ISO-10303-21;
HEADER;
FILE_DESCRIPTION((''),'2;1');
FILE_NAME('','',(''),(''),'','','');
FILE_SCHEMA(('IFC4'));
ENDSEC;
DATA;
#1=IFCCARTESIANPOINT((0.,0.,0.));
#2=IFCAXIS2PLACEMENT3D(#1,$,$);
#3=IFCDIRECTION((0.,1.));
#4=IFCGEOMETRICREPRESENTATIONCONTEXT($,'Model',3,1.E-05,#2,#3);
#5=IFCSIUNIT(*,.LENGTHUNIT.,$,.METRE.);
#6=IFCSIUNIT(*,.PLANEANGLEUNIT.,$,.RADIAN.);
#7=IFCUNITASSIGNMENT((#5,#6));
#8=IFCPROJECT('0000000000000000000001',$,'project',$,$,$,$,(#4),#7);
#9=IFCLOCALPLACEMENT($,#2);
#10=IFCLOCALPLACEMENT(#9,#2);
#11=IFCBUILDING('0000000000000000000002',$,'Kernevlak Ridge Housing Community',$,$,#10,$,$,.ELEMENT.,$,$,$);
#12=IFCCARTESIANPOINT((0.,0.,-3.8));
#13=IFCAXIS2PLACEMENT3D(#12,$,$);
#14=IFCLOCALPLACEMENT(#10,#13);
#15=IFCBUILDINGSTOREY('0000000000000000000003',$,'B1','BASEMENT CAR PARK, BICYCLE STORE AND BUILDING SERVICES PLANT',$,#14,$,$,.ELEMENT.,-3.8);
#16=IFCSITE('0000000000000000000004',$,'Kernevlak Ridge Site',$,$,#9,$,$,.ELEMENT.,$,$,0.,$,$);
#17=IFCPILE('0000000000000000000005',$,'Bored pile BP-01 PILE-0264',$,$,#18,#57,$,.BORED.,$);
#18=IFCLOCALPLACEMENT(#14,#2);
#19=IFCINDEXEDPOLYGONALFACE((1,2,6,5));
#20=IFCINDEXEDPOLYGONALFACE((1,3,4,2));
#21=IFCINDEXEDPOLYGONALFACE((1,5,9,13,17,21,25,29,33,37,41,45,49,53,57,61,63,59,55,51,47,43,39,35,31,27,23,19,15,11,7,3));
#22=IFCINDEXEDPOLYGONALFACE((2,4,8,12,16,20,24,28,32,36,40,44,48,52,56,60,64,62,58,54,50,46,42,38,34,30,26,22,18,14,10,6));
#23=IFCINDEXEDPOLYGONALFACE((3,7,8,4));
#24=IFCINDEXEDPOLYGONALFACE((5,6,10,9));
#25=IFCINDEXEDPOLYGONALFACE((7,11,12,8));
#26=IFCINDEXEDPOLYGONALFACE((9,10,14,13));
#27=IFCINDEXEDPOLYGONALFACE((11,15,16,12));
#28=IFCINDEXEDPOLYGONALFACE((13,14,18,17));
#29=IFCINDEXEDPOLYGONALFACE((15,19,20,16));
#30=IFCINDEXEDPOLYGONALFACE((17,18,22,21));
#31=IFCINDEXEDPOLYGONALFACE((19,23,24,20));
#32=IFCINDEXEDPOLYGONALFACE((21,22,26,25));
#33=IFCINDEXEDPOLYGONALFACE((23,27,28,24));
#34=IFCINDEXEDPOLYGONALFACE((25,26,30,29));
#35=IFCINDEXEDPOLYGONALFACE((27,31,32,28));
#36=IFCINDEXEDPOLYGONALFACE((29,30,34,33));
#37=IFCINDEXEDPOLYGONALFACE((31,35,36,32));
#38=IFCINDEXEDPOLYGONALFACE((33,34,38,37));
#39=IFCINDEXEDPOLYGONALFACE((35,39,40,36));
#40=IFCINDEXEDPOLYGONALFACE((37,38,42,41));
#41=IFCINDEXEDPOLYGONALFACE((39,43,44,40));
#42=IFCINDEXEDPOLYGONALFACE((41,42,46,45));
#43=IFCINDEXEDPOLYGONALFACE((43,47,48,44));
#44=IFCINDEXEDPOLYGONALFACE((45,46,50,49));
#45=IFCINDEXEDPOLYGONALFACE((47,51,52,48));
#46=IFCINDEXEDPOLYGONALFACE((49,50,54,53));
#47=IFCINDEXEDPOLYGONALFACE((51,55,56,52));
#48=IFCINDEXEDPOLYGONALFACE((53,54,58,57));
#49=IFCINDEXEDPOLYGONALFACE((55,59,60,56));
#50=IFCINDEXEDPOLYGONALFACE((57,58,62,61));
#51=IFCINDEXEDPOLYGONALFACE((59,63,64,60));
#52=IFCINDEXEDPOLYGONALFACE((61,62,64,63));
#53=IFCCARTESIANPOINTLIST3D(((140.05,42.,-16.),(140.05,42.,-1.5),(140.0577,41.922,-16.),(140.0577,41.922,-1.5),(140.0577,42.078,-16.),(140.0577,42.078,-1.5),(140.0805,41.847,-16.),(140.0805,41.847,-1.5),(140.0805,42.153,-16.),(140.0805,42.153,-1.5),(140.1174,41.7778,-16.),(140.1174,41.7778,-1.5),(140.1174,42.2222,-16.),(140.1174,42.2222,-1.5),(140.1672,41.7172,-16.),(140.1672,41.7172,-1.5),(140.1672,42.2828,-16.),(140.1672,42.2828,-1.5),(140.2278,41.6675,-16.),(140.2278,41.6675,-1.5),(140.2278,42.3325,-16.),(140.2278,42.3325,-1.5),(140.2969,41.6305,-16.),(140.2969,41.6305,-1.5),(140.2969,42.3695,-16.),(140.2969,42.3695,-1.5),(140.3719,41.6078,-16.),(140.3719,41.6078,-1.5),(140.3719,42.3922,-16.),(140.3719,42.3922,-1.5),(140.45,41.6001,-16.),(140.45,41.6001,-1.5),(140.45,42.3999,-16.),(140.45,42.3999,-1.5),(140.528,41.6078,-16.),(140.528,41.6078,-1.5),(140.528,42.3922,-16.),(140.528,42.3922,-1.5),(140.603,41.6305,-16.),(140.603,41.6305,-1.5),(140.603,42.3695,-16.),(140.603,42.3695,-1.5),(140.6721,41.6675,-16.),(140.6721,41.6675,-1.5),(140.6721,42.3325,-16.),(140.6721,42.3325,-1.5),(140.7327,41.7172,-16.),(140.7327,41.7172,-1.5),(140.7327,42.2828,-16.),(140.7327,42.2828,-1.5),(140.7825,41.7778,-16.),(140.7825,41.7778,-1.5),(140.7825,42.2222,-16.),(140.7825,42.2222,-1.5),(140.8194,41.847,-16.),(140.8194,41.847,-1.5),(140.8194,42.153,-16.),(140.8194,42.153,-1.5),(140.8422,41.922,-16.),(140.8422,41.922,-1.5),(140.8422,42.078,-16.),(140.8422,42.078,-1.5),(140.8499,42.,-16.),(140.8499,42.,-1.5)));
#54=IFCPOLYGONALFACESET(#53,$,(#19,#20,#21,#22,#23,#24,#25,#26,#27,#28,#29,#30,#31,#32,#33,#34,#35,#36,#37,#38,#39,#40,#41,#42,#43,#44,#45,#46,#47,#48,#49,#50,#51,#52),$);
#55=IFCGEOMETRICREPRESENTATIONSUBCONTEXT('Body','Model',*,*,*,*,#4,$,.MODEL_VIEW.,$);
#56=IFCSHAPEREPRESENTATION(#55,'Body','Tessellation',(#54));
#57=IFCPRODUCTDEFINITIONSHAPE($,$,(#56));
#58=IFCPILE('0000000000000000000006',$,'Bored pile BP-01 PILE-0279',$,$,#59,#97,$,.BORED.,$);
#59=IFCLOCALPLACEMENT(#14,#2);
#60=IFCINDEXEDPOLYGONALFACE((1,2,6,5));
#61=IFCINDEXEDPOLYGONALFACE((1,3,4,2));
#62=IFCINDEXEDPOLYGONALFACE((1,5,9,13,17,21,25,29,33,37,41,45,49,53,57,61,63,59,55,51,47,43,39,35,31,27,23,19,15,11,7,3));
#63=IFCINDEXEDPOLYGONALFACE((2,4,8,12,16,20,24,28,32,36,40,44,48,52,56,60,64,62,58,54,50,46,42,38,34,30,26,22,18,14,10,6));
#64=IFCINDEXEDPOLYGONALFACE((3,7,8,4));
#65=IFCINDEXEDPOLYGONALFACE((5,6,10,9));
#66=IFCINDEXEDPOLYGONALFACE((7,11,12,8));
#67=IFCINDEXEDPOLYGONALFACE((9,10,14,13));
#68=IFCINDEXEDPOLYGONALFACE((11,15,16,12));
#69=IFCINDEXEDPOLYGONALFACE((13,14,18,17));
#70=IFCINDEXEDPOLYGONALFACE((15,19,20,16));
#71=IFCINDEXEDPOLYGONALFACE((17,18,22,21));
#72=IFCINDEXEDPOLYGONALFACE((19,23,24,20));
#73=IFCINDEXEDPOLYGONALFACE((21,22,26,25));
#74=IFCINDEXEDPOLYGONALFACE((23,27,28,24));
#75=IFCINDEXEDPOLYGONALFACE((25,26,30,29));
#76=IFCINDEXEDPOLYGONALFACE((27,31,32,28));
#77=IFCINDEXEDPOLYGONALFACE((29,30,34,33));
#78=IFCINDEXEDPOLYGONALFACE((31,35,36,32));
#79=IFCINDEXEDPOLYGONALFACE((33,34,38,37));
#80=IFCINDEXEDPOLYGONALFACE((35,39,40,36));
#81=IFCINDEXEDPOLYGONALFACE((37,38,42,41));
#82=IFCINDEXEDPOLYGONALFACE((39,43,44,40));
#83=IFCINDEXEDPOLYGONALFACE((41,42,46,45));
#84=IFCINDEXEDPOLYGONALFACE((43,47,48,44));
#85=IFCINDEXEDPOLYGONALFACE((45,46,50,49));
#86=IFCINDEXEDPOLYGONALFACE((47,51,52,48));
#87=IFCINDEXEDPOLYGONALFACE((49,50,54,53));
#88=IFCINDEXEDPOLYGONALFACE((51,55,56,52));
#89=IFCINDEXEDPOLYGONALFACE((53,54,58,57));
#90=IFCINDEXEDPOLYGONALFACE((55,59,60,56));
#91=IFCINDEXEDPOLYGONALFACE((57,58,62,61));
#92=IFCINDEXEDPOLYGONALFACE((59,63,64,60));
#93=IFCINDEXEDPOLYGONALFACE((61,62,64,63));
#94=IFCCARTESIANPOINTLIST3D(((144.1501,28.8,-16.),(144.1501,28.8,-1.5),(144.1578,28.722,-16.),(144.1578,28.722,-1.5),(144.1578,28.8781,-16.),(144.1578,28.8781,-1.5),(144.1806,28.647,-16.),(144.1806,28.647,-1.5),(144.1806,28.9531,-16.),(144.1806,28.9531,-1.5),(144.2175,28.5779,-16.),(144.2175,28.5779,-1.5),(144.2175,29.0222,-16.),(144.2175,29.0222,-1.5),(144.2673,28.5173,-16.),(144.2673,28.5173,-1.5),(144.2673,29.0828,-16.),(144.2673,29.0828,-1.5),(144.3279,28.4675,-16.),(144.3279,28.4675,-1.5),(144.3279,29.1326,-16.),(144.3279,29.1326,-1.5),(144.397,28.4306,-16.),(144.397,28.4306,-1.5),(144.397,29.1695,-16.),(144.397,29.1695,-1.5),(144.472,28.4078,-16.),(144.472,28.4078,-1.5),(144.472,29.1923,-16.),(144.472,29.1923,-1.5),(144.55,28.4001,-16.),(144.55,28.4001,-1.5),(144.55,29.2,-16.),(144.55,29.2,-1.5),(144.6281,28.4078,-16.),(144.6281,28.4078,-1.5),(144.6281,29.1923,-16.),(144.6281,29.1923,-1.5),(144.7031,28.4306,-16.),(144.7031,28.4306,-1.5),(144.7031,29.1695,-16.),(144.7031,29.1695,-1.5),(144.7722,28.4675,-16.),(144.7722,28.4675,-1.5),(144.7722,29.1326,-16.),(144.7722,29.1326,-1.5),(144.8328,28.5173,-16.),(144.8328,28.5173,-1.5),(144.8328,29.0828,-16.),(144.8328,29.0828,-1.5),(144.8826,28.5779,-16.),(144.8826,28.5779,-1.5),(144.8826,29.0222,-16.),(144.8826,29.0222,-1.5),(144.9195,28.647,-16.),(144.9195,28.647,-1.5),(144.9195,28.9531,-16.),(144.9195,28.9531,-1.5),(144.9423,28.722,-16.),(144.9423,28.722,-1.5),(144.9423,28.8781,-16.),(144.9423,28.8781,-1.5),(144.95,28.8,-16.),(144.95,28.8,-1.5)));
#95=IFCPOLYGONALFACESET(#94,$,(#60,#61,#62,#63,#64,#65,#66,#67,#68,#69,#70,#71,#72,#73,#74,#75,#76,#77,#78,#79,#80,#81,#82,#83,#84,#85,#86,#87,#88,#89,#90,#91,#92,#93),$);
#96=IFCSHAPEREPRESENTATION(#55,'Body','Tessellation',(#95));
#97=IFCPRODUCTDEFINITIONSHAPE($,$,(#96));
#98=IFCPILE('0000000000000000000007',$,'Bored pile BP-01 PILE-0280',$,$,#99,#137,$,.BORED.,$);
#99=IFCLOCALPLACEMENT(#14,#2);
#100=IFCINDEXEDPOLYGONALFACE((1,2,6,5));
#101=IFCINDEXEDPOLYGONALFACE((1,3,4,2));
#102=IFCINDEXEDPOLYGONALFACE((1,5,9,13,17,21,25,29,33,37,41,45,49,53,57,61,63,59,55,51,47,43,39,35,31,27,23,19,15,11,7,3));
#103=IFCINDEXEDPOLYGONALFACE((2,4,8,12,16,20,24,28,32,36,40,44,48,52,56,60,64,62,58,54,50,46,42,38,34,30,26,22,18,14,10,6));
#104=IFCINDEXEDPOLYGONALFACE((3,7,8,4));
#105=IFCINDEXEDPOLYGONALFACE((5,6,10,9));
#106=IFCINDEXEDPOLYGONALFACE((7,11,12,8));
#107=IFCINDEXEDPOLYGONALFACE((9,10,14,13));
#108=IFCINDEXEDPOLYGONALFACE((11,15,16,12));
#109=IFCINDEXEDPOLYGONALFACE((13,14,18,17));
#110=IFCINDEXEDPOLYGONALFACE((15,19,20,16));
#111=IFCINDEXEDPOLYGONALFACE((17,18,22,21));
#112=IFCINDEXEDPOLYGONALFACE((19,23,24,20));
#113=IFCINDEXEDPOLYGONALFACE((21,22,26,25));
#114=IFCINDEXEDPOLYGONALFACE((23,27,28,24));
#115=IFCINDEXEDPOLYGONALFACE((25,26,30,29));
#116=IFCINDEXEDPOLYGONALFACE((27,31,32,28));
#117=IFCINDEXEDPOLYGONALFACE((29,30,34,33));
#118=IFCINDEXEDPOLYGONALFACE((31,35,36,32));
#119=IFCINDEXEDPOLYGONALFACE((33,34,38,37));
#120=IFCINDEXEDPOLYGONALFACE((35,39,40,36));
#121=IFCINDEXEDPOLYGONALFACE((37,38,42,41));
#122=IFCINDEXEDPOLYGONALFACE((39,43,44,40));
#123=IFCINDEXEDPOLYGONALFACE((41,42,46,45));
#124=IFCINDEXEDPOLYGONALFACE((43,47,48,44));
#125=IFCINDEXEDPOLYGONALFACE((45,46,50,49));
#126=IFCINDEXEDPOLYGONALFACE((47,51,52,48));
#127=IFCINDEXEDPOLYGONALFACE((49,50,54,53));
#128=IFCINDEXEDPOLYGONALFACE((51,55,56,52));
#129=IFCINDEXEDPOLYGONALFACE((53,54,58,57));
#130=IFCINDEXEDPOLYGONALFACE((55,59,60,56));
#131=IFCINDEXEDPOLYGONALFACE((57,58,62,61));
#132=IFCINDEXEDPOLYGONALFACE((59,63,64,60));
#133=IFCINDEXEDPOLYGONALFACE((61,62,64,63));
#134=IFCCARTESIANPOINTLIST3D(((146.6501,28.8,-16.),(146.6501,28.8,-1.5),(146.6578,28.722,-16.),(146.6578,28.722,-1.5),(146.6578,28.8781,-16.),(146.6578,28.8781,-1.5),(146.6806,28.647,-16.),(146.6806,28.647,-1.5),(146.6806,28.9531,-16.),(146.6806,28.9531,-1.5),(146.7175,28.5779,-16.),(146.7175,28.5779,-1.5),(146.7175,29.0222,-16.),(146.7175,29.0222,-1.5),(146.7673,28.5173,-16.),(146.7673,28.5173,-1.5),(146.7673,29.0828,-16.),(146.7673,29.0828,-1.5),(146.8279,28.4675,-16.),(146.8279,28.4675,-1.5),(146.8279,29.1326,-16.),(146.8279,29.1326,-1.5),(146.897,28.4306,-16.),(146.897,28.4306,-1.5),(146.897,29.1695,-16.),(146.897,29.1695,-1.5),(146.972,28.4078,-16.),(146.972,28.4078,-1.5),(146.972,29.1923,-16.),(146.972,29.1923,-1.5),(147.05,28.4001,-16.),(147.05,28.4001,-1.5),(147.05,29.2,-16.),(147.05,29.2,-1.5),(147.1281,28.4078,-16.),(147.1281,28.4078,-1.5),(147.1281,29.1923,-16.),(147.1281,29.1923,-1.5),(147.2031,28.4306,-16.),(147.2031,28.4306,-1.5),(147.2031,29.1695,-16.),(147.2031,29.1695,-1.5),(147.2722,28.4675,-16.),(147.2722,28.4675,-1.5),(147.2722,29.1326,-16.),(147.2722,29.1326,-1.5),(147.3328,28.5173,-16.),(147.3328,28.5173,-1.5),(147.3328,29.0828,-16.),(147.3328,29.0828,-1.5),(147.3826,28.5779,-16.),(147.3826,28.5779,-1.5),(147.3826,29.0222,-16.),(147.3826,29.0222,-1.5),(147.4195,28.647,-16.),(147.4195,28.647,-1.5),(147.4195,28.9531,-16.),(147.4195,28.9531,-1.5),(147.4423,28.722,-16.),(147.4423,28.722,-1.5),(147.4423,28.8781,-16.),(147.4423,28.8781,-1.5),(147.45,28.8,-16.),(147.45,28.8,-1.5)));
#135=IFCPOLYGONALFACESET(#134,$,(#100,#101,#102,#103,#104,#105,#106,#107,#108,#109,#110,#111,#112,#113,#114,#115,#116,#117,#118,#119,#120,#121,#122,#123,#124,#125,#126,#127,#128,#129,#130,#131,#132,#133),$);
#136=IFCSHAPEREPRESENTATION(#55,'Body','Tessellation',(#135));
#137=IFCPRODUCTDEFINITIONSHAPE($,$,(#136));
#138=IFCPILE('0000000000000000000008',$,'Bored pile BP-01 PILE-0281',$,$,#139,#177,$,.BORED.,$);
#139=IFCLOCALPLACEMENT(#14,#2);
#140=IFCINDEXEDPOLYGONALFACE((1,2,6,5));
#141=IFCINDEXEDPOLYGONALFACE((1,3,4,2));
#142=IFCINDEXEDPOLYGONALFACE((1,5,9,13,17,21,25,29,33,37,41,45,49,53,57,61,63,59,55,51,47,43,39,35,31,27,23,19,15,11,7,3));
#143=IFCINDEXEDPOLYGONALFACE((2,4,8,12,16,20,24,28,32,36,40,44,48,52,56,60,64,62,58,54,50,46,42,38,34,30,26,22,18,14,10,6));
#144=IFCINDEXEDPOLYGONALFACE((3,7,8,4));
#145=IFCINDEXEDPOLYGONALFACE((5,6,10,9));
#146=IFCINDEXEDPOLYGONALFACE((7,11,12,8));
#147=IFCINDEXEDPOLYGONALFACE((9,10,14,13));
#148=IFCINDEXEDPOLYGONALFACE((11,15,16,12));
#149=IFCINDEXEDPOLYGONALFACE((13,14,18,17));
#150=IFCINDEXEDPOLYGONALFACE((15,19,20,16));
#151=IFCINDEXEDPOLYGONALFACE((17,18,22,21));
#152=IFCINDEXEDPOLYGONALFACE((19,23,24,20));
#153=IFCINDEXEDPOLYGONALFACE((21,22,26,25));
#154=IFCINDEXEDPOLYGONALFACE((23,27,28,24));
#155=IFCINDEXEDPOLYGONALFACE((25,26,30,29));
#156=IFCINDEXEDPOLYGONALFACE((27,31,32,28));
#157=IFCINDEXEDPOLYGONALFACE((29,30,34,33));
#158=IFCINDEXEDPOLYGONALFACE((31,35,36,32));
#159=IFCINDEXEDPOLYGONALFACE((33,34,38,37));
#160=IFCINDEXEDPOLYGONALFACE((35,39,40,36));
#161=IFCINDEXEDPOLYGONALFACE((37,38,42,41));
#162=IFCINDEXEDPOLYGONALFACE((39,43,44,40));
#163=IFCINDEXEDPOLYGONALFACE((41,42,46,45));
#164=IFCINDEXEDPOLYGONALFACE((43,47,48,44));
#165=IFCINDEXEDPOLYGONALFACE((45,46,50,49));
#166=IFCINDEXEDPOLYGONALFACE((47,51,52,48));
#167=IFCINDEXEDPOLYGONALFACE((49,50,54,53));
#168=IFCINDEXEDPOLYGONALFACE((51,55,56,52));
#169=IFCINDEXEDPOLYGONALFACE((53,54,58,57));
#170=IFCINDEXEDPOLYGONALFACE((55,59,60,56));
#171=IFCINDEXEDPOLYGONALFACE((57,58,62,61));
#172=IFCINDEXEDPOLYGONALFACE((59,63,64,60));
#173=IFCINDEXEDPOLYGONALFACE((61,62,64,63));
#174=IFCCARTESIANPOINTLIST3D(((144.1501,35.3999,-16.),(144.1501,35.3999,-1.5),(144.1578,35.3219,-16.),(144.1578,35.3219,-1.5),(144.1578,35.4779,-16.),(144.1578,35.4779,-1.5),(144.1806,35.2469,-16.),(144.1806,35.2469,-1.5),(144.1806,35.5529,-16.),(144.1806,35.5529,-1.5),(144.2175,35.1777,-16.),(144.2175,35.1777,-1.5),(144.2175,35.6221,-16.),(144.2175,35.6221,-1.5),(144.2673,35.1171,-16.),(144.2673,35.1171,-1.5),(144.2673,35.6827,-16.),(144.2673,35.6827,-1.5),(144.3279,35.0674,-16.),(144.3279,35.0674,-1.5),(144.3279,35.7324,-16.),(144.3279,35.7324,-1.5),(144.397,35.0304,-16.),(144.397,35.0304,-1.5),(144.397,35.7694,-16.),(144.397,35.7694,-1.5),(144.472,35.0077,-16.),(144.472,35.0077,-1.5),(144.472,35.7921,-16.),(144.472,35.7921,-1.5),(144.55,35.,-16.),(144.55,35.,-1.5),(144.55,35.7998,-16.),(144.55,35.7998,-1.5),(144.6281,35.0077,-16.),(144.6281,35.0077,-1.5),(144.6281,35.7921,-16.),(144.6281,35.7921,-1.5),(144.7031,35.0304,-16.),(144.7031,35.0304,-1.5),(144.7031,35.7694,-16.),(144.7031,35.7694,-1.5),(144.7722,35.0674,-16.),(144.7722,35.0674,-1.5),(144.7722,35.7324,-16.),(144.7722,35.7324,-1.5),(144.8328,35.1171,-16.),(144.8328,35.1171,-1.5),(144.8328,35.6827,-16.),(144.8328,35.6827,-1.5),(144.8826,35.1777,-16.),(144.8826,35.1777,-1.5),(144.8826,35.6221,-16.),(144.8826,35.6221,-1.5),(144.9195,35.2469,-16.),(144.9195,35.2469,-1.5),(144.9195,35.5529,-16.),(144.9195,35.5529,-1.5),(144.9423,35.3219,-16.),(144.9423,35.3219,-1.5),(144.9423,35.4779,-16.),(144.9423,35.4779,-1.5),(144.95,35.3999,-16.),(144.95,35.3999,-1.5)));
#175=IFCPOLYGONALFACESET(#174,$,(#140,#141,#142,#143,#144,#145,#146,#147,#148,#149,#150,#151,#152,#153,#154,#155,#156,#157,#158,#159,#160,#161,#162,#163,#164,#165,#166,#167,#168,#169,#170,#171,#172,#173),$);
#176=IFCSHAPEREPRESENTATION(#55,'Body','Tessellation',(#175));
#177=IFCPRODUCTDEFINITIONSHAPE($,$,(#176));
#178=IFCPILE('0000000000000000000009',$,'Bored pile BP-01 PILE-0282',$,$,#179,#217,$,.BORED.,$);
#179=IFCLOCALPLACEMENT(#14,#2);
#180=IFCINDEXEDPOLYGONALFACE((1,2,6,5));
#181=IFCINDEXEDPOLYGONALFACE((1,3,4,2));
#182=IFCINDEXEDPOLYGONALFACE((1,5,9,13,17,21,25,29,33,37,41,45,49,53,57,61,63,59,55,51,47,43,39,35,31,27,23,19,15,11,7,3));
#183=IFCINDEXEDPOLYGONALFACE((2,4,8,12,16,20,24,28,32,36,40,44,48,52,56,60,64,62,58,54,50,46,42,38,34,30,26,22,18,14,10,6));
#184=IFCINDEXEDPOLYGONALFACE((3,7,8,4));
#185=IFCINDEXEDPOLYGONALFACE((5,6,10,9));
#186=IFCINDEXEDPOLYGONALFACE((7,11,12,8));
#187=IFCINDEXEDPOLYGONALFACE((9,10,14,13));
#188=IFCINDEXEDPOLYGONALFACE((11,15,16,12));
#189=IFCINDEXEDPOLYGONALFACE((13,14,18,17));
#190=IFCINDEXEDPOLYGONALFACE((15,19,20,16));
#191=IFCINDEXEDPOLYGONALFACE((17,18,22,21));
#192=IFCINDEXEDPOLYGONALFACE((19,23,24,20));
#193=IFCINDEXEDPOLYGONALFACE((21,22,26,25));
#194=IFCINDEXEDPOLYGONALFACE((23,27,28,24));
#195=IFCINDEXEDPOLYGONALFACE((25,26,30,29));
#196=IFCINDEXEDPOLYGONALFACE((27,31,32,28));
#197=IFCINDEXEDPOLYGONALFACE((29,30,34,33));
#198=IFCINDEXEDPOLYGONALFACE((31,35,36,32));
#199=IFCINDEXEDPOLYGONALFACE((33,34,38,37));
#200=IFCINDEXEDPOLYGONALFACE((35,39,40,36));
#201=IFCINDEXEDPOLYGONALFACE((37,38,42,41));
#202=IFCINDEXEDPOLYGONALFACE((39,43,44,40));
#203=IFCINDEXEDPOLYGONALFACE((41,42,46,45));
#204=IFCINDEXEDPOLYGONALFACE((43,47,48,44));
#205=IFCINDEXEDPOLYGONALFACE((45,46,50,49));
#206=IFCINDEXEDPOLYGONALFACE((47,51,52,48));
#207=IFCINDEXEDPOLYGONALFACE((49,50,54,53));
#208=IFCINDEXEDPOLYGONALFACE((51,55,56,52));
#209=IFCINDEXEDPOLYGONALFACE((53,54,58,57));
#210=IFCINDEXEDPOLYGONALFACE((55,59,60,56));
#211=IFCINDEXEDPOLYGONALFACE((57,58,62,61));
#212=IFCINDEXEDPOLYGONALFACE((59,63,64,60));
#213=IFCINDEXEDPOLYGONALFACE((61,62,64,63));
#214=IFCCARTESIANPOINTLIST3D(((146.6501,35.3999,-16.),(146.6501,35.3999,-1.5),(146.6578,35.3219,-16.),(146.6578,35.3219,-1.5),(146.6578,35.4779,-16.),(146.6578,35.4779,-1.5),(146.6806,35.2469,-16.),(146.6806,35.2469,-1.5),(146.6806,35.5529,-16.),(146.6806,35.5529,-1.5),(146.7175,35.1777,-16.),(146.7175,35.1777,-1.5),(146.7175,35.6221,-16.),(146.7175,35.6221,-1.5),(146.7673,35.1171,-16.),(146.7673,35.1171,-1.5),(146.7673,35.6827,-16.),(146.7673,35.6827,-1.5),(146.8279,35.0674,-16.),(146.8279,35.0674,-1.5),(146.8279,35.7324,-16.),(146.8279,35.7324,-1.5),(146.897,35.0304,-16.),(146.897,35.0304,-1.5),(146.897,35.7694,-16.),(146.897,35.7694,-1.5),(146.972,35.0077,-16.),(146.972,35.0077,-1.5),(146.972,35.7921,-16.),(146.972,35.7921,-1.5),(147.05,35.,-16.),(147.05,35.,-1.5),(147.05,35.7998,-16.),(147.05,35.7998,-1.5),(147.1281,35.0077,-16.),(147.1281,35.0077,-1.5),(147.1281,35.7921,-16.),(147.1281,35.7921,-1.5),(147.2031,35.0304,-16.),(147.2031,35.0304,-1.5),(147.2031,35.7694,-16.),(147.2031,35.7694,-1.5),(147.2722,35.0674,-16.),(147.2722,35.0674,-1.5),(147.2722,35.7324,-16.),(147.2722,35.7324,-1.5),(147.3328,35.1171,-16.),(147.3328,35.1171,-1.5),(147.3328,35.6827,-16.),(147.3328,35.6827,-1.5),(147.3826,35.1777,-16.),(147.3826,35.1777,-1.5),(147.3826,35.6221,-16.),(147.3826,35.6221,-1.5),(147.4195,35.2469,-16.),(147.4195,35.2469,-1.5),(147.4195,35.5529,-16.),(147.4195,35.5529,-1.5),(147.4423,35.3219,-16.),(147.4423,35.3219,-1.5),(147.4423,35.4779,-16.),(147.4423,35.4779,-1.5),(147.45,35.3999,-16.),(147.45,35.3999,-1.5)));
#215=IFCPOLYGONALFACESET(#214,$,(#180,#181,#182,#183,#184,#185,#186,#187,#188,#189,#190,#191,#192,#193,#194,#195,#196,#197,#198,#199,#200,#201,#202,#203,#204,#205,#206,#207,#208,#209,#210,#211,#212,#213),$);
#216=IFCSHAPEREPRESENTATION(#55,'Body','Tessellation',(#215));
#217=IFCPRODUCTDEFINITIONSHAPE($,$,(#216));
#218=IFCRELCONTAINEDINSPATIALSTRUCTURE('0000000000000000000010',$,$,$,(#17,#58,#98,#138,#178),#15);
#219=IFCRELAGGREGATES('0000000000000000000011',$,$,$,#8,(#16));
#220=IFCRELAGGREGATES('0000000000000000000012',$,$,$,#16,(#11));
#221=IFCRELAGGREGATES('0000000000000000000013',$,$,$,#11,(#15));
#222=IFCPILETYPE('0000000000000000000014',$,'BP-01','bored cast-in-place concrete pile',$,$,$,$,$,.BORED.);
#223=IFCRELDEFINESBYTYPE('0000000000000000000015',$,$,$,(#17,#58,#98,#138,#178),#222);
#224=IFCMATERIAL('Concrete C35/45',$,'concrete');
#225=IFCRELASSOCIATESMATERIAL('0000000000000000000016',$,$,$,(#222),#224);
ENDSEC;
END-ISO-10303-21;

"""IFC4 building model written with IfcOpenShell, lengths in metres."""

from ifc_helpers import new_model, si_unit, direction, frame, origin, origin_2d, place, context, subcontext, project, spatial, circle, extrude, material, material_profile, profile_set, type_object, element, save


model = new_model("IFC4")

# Units and contexts
model_context = context("Model", 3, precision=1e-05, world=origin(), true_north=direction((0.0, 1.0)))
body_context = subcontext(model_context, "Body", "Model", "MODEL_VIEW")
ifc_project = project(units=[si_unit("LENGTHUNIT", "METRE"), si_unit("PLANEANGLEUNIT", "RADIAN")], contexts=[model_context])

# Site, building, storey
site_placement = place(None, origin())
site = spatial("IfcSite", under=ifc_project, at=site_placement, Name="Kernevlak Ridge Site", CompositionType="ELEMENT", RefElevation=0.0)
building_placement = place(site_placement, origin())
building = spatial("IfcBuilding", under=site, at=building_placement, Name="Kernevlak Ridge Housing Community", CompositionType="ELEMENT")
storey_placement = place(building_placement, frame((0.0, 0.0, -3.8)))
storey = spatial("IfcBuildingStorey", under=building, at=storey_placement, Name="B1", Description="BASEMENT CAR PARK, BICYCLE STORE AND BUILDING SERVICES PLANT", CompositionType="ELEMENT", Elevation=-3.8)

# Piles
ifc_material_1 = material(Name="Concrete C35/45", Category="concrete")
ifc_material_profile_1 = material_profile(ifc_material_1, circle(Radius=0.3999, at=origin_2d()), Name="BORED PILE 800")
ifc_profile_set_1 = profile_set([ifc_material_profile_1], Name="Concrete C35/45")
pile_type = type_object("IfcPileType", Name="BP-01", Description="bored cast-in-place concrete pile", PredefinedType="BORED", material=ifc_profile_set_1)
for number, where, z_axis, x_axis, name in (
    (1, (140.45, 42.0, -1.5), (0.0, 0.0, -1.0), (1.0, 0.0, 0.0), "Bored pile BP-01 PILE-0264"),
    (2, (144.55, 28.8, -1.5), (0.0, 0.0, -1.0), (1.0, 0.0, 0.0), "Bored pile BP-01 PILE-0279"),
    (3, (147.05, 28.8, -1.5), (0.0, 0.0, -1.0), (1.0, 0.0, 0.0), "Bored pile BP-01 PILE-0280"),
    (4, (144.55, 35.3999, -1.5), (0.0, 0.0, -1.0), (1.0, 0.0, 0.0), "Bored pile BP-01 PILE-0281"),
    (5, (147.05, 35.3999, -1.5), (0.0, 0.0, -1.0), (1.0, 0.0, 0.0), "Bored pile BP-01 PILE-0282"),
):
    element("IfcPile", number, at=place(storey_placement, frame(where, z_axis=z_axis, x_axis=x_axis)), inside=storey, type_object=pile_type, Name=name, PredefinedType="BORED", context=body_context, shape_type="SweptSolid", body=[
        extrude(circle(Radius=0.3999, at=origin_2d()), origin(), (0.0, 0.0, 1.0), 14.5),
    ])

save(model, "model.ifc")
